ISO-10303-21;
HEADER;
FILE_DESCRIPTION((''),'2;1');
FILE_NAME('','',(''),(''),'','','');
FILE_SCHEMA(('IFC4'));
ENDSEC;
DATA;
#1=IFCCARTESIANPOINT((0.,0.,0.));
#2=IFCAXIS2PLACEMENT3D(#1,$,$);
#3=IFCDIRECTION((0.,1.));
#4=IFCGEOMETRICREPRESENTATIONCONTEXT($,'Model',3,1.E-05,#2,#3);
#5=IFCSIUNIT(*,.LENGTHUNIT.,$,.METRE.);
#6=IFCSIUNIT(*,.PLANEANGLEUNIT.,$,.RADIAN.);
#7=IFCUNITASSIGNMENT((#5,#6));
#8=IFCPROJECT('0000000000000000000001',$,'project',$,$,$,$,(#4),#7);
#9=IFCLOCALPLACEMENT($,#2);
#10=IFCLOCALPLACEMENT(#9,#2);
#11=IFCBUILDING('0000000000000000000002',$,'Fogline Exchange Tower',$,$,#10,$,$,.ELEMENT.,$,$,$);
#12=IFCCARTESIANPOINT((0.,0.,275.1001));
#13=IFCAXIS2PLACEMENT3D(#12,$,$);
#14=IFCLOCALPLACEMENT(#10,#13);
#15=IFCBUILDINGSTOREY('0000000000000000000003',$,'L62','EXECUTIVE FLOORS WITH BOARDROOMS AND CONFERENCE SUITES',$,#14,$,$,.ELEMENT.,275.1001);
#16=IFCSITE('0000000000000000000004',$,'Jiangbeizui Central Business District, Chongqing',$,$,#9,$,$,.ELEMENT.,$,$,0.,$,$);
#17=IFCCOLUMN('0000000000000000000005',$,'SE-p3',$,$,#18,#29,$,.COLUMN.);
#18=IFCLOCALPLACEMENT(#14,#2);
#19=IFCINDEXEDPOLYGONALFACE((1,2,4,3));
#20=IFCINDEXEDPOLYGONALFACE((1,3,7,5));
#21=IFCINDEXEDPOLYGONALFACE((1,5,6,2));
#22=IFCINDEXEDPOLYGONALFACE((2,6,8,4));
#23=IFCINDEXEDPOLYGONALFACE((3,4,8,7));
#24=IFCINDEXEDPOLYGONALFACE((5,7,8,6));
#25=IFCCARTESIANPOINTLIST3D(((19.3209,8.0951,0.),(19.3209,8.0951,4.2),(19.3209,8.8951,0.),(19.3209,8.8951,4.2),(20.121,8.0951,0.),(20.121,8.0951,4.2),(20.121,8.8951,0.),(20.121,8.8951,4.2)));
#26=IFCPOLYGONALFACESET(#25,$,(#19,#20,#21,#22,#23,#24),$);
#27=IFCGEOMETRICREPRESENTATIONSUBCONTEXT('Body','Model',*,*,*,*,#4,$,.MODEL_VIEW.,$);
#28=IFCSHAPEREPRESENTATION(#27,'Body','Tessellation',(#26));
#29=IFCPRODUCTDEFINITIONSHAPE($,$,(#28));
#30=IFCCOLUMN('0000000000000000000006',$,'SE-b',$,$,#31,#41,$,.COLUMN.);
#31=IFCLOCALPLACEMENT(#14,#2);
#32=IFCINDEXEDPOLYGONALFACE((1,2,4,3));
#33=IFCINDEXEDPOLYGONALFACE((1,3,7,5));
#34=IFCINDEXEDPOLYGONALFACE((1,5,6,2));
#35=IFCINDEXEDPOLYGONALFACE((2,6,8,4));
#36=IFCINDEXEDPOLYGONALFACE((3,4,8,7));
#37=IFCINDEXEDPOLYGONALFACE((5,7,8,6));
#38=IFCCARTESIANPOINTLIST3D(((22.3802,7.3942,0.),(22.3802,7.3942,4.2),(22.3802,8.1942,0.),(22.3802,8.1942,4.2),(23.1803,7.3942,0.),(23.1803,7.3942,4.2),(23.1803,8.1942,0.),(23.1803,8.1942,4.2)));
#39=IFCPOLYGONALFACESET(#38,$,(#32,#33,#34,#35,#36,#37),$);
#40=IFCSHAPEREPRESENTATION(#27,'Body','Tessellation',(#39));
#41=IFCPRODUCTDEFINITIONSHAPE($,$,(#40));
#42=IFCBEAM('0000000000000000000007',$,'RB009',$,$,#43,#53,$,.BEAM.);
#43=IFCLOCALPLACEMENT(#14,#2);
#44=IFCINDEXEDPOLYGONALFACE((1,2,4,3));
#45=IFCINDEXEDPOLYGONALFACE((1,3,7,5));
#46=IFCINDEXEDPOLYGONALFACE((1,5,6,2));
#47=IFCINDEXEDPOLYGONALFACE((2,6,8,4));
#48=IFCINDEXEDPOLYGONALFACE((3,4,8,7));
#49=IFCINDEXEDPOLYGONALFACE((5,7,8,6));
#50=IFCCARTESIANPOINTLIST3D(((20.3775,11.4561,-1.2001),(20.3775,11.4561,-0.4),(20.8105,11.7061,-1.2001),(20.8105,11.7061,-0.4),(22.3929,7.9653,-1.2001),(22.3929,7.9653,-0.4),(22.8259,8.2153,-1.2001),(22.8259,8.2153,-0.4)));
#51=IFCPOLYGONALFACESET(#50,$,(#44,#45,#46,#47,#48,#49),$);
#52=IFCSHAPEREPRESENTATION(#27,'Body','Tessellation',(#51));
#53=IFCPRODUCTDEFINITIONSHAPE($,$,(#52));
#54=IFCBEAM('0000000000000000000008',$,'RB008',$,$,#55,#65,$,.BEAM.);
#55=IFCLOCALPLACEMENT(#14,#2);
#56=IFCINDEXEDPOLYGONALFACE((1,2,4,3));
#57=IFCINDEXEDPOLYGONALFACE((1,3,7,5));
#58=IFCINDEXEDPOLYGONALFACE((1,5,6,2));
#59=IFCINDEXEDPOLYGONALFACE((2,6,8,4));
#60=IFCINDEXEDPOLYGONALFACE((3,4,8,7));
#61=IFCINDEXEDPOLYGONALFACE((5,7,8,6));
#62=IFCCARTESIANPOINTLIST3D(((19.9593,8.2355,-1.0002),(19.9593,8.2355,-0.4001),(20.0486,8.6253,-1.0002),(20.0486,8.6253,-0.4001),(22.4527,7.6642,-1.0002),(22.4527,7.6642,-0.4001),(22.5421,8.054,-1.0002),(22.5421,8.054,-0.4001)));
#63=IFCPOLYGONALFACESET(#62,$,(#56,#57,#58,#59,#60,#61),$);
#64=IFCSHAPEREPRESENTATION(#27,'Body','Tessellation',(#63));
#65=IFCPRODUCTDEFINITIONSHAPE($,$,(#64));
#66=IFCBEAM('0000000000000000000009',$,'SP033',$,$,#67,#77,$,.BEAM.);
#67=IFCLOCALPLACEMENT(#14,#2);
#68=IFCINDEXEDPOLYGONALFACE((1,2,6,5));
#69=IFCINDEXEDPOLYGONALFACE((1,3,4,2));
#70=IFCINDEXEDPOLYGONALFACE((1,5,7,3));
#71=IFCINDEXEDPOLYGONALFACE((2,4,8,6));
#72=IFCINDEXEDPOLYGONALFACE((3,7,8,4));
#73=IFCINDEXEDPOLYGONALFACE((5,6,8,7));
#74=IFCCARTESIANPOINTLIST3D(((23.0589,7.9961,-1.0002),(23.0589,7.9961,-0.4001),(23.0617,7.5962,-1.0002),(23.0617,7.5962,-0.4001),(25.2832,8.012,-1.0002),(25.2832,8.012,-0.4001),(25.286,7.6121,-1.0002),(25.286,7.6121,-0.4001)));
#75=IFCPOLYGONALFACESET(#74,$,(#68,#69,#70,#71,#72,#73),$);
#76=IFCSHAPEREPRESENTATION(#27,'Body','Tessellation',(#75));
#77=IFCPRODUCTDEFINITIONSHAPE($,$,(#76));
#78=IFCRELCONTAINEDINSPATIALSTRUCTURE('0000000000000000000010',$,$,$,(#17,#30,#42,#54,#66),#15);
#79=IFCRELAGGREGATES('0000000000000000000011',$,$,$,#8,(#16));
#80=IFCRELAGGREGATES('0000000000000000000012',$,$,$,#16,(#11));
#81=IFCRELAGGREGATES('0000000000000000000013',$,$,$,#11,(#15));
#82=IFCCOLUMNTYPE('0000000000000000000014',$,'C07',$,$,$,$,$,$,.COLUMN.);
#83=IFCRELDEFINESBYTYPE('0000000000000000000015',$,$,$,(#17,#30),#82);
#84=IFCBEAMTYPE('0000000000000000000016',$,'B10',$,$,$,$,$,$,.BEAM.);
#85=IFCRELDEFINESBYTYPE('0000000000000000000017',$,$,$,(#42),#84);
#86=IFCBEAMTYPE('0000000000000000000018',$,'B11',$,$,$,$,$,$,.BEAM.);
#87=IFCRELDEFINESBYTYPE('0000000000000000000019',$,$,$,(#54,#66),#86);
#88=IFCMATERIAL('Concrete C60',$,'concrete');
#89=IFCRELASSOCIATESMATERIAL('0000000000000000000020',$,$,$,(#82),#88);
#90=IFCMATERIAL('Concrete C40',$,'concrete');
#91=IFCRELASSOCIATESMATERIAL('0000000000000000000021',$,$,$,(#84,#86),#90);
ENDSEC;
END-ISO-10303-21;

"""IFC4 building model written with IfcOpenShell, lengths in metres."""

from ifc_helpers import new_model, si_unit, direction, frame, origin, origin_2d, place, context, subcontext, project, spatial, rectangle, extrude, material, material_profile, profile_set, type_object, element, save


model = new_model("IFC4")

# Units and contexts
model_context = context("Model", 3, precision=1e-05, world=origin(), true_north=direction((0.0, 1.0)))
body_context = subcontext(model_context, "Body", "Model", "MODEL_VIEW")
ifc_project = project(units=[si_unit("LENGTHUNIT", "METRE"), si_unit("PLANEANGLEUNIT", "RADIAN")], contexts=[model_context])

# Site, building, storey
site_placement = place(None, origin())
site = spatial("IfcSite", under=ifc_project, at=site_placement, Name="Jiangbeizui Central Business District, Chongqing", CompositionType="ELEMENT", RefElevation=0.0)
building_placement = place(site_placement, origin())
building = spatial("IfcBuilding", under=site, at=building_placement, Name="Fogline Exchange Tower", CompositionType="ELEMENT")
storey_placement = place(building_placement, frame((0.0, 0.0, 275.1001)))
storey = spatial("IfcBuildingStorey", under=building, at=storey_placement, Name="L62", Description="EXECUTIVE FLOORS WITH BOARDROOMS AND CONFERENCE SUITES", CompositionType="ELEMENT", Elevation=275.1001)

# Columns
ifc_material_1 = material(Name="Concrete C60", Category="concrete")
ifc_material_profile_1 = material_profile(ifc_material_1, rectangle(XDim=0.8, YDim=0.8, at=origin_2d()), Name="RC 800x800")
ifc_profile_set_1 = profile_set([ifc_material_profile_1], Name="Concrete C60")
column_type = type_object("IfcColumnType", Name="C07", PredefinedType="COLUMN", material=ifc_profile_set_1)
for number, where, z_axis, x_axis, name in (
    (1, (19.7209, 8.4951, 0.0), (0.0, 0.0, 1.0), (1.0, 0.0, 0.0), "SE-p3"),
    (2, (22.7803, 7.7942, 0.0), (0.0, 0.0, 1.0), (1.0, 0.0, 0.0), "SE-b"),
):
    element("IfcColumn", number, at=place(storey_placement, frame(where, z_axis=z_axis, x_axis=x_axis)), inside=storey, type_object=column_type, Name=name, PredefinedType="COLUMN", context=body_context, shape_type="SweptSolid", body=[
        extrude(rectangle(XDim=0.8, YDim=0.8, at=origin_2d()), origin(), (0.0, 0.0, 1.0), 4.2),
    ])

# Beams
ifc_material_2 = material(Name="Concrete C40", Category="concrete")
ifc_material_profile_2 = material_profile(ifc_material_2, rectangle(XDim=0.5, YDim=0.8, at=origin_2d()), Name="RC 500x800")
ifc_profile_set_2 = profile_set([ifc_material_profile_2], Name="Concrete C40")
beam_type_1 = type_object("IfcBeamType", Name="B10", PredefinedType="BEAM", material=ifc_profile_set_2)
beam_1_placement = place(storey_placement, frame((22.6094, 8.0903, -0.8), z_axis=(-0.500002, 0.866024, 0.0), x_axis=(-0.866024, -0.500002, 0.0)))
element("IfcBeam", 3, at=beam_1_placement, inside=storey, type_object=beam_type_1, Name="RB009", PredefinedType="BEAM", context=body_context, shape_type="SweptSolid", body=[
    extrude(rectangle(XDim=0.5, YDim=0.8, at=origin_2d()), origin(), (0.0, 0.0, 1.0), 4.0308),
])
ifc_material_profile_3 = material_profile(ifc_material_2, rectangle(XDim=0.3999, YDim=0.6001, at=origin_2d()), Name="RC 400x600")
ifc_profile_set_3 = profile_set([ifc_material_profile_3], Name="Concrete C40")
beam_type_2 = type_object("IfcBeamType", Name="B11", PredefinedType="BEAM", material=ifc_profile_set_3)
beam_2_placement = place(storey_placement, frame((20.0039, 8.4304, -0.7002), z_axis=(0.974742, -0.223333, 0.0), x_axis=(0.223333, 0.974742, 0.0)))
element("IfcBeam", 4, at=beam_2_placement, inside=storey, type_object=beam_type_2, Name="RB008", PredefinedType="BEAM", context=body_context, shape_type="SweptSolid", body=[
    extrude(rectangle(XDim=0.3999, YDim=0.6001, at=origin_2d()), origin(), (0.0, 0.0, 1.0), 2.5581),
])
beam_3_placement = place(storey_placement, frame((23.0603, 7.7961, -0.7002), z_axis=(0.999975, 0.007134, 0.0), x_axis=(-0.007134, 0.999975, 0.0)))
element("IfcBeam", 5, at=beam_3_placement, inside=storey, type_object=beam_type_2, Name="SP033", PredefinedType="BEAM", context=body_context, shape_type="SweptSolid", body=[
    extrude(rectangle(XDim=0.3999, YDim=0.6001, at=origin_2d()), origin(), (0.0, 0.0, 1.0), 2.2244),
])

save(model, "model.ifc")
